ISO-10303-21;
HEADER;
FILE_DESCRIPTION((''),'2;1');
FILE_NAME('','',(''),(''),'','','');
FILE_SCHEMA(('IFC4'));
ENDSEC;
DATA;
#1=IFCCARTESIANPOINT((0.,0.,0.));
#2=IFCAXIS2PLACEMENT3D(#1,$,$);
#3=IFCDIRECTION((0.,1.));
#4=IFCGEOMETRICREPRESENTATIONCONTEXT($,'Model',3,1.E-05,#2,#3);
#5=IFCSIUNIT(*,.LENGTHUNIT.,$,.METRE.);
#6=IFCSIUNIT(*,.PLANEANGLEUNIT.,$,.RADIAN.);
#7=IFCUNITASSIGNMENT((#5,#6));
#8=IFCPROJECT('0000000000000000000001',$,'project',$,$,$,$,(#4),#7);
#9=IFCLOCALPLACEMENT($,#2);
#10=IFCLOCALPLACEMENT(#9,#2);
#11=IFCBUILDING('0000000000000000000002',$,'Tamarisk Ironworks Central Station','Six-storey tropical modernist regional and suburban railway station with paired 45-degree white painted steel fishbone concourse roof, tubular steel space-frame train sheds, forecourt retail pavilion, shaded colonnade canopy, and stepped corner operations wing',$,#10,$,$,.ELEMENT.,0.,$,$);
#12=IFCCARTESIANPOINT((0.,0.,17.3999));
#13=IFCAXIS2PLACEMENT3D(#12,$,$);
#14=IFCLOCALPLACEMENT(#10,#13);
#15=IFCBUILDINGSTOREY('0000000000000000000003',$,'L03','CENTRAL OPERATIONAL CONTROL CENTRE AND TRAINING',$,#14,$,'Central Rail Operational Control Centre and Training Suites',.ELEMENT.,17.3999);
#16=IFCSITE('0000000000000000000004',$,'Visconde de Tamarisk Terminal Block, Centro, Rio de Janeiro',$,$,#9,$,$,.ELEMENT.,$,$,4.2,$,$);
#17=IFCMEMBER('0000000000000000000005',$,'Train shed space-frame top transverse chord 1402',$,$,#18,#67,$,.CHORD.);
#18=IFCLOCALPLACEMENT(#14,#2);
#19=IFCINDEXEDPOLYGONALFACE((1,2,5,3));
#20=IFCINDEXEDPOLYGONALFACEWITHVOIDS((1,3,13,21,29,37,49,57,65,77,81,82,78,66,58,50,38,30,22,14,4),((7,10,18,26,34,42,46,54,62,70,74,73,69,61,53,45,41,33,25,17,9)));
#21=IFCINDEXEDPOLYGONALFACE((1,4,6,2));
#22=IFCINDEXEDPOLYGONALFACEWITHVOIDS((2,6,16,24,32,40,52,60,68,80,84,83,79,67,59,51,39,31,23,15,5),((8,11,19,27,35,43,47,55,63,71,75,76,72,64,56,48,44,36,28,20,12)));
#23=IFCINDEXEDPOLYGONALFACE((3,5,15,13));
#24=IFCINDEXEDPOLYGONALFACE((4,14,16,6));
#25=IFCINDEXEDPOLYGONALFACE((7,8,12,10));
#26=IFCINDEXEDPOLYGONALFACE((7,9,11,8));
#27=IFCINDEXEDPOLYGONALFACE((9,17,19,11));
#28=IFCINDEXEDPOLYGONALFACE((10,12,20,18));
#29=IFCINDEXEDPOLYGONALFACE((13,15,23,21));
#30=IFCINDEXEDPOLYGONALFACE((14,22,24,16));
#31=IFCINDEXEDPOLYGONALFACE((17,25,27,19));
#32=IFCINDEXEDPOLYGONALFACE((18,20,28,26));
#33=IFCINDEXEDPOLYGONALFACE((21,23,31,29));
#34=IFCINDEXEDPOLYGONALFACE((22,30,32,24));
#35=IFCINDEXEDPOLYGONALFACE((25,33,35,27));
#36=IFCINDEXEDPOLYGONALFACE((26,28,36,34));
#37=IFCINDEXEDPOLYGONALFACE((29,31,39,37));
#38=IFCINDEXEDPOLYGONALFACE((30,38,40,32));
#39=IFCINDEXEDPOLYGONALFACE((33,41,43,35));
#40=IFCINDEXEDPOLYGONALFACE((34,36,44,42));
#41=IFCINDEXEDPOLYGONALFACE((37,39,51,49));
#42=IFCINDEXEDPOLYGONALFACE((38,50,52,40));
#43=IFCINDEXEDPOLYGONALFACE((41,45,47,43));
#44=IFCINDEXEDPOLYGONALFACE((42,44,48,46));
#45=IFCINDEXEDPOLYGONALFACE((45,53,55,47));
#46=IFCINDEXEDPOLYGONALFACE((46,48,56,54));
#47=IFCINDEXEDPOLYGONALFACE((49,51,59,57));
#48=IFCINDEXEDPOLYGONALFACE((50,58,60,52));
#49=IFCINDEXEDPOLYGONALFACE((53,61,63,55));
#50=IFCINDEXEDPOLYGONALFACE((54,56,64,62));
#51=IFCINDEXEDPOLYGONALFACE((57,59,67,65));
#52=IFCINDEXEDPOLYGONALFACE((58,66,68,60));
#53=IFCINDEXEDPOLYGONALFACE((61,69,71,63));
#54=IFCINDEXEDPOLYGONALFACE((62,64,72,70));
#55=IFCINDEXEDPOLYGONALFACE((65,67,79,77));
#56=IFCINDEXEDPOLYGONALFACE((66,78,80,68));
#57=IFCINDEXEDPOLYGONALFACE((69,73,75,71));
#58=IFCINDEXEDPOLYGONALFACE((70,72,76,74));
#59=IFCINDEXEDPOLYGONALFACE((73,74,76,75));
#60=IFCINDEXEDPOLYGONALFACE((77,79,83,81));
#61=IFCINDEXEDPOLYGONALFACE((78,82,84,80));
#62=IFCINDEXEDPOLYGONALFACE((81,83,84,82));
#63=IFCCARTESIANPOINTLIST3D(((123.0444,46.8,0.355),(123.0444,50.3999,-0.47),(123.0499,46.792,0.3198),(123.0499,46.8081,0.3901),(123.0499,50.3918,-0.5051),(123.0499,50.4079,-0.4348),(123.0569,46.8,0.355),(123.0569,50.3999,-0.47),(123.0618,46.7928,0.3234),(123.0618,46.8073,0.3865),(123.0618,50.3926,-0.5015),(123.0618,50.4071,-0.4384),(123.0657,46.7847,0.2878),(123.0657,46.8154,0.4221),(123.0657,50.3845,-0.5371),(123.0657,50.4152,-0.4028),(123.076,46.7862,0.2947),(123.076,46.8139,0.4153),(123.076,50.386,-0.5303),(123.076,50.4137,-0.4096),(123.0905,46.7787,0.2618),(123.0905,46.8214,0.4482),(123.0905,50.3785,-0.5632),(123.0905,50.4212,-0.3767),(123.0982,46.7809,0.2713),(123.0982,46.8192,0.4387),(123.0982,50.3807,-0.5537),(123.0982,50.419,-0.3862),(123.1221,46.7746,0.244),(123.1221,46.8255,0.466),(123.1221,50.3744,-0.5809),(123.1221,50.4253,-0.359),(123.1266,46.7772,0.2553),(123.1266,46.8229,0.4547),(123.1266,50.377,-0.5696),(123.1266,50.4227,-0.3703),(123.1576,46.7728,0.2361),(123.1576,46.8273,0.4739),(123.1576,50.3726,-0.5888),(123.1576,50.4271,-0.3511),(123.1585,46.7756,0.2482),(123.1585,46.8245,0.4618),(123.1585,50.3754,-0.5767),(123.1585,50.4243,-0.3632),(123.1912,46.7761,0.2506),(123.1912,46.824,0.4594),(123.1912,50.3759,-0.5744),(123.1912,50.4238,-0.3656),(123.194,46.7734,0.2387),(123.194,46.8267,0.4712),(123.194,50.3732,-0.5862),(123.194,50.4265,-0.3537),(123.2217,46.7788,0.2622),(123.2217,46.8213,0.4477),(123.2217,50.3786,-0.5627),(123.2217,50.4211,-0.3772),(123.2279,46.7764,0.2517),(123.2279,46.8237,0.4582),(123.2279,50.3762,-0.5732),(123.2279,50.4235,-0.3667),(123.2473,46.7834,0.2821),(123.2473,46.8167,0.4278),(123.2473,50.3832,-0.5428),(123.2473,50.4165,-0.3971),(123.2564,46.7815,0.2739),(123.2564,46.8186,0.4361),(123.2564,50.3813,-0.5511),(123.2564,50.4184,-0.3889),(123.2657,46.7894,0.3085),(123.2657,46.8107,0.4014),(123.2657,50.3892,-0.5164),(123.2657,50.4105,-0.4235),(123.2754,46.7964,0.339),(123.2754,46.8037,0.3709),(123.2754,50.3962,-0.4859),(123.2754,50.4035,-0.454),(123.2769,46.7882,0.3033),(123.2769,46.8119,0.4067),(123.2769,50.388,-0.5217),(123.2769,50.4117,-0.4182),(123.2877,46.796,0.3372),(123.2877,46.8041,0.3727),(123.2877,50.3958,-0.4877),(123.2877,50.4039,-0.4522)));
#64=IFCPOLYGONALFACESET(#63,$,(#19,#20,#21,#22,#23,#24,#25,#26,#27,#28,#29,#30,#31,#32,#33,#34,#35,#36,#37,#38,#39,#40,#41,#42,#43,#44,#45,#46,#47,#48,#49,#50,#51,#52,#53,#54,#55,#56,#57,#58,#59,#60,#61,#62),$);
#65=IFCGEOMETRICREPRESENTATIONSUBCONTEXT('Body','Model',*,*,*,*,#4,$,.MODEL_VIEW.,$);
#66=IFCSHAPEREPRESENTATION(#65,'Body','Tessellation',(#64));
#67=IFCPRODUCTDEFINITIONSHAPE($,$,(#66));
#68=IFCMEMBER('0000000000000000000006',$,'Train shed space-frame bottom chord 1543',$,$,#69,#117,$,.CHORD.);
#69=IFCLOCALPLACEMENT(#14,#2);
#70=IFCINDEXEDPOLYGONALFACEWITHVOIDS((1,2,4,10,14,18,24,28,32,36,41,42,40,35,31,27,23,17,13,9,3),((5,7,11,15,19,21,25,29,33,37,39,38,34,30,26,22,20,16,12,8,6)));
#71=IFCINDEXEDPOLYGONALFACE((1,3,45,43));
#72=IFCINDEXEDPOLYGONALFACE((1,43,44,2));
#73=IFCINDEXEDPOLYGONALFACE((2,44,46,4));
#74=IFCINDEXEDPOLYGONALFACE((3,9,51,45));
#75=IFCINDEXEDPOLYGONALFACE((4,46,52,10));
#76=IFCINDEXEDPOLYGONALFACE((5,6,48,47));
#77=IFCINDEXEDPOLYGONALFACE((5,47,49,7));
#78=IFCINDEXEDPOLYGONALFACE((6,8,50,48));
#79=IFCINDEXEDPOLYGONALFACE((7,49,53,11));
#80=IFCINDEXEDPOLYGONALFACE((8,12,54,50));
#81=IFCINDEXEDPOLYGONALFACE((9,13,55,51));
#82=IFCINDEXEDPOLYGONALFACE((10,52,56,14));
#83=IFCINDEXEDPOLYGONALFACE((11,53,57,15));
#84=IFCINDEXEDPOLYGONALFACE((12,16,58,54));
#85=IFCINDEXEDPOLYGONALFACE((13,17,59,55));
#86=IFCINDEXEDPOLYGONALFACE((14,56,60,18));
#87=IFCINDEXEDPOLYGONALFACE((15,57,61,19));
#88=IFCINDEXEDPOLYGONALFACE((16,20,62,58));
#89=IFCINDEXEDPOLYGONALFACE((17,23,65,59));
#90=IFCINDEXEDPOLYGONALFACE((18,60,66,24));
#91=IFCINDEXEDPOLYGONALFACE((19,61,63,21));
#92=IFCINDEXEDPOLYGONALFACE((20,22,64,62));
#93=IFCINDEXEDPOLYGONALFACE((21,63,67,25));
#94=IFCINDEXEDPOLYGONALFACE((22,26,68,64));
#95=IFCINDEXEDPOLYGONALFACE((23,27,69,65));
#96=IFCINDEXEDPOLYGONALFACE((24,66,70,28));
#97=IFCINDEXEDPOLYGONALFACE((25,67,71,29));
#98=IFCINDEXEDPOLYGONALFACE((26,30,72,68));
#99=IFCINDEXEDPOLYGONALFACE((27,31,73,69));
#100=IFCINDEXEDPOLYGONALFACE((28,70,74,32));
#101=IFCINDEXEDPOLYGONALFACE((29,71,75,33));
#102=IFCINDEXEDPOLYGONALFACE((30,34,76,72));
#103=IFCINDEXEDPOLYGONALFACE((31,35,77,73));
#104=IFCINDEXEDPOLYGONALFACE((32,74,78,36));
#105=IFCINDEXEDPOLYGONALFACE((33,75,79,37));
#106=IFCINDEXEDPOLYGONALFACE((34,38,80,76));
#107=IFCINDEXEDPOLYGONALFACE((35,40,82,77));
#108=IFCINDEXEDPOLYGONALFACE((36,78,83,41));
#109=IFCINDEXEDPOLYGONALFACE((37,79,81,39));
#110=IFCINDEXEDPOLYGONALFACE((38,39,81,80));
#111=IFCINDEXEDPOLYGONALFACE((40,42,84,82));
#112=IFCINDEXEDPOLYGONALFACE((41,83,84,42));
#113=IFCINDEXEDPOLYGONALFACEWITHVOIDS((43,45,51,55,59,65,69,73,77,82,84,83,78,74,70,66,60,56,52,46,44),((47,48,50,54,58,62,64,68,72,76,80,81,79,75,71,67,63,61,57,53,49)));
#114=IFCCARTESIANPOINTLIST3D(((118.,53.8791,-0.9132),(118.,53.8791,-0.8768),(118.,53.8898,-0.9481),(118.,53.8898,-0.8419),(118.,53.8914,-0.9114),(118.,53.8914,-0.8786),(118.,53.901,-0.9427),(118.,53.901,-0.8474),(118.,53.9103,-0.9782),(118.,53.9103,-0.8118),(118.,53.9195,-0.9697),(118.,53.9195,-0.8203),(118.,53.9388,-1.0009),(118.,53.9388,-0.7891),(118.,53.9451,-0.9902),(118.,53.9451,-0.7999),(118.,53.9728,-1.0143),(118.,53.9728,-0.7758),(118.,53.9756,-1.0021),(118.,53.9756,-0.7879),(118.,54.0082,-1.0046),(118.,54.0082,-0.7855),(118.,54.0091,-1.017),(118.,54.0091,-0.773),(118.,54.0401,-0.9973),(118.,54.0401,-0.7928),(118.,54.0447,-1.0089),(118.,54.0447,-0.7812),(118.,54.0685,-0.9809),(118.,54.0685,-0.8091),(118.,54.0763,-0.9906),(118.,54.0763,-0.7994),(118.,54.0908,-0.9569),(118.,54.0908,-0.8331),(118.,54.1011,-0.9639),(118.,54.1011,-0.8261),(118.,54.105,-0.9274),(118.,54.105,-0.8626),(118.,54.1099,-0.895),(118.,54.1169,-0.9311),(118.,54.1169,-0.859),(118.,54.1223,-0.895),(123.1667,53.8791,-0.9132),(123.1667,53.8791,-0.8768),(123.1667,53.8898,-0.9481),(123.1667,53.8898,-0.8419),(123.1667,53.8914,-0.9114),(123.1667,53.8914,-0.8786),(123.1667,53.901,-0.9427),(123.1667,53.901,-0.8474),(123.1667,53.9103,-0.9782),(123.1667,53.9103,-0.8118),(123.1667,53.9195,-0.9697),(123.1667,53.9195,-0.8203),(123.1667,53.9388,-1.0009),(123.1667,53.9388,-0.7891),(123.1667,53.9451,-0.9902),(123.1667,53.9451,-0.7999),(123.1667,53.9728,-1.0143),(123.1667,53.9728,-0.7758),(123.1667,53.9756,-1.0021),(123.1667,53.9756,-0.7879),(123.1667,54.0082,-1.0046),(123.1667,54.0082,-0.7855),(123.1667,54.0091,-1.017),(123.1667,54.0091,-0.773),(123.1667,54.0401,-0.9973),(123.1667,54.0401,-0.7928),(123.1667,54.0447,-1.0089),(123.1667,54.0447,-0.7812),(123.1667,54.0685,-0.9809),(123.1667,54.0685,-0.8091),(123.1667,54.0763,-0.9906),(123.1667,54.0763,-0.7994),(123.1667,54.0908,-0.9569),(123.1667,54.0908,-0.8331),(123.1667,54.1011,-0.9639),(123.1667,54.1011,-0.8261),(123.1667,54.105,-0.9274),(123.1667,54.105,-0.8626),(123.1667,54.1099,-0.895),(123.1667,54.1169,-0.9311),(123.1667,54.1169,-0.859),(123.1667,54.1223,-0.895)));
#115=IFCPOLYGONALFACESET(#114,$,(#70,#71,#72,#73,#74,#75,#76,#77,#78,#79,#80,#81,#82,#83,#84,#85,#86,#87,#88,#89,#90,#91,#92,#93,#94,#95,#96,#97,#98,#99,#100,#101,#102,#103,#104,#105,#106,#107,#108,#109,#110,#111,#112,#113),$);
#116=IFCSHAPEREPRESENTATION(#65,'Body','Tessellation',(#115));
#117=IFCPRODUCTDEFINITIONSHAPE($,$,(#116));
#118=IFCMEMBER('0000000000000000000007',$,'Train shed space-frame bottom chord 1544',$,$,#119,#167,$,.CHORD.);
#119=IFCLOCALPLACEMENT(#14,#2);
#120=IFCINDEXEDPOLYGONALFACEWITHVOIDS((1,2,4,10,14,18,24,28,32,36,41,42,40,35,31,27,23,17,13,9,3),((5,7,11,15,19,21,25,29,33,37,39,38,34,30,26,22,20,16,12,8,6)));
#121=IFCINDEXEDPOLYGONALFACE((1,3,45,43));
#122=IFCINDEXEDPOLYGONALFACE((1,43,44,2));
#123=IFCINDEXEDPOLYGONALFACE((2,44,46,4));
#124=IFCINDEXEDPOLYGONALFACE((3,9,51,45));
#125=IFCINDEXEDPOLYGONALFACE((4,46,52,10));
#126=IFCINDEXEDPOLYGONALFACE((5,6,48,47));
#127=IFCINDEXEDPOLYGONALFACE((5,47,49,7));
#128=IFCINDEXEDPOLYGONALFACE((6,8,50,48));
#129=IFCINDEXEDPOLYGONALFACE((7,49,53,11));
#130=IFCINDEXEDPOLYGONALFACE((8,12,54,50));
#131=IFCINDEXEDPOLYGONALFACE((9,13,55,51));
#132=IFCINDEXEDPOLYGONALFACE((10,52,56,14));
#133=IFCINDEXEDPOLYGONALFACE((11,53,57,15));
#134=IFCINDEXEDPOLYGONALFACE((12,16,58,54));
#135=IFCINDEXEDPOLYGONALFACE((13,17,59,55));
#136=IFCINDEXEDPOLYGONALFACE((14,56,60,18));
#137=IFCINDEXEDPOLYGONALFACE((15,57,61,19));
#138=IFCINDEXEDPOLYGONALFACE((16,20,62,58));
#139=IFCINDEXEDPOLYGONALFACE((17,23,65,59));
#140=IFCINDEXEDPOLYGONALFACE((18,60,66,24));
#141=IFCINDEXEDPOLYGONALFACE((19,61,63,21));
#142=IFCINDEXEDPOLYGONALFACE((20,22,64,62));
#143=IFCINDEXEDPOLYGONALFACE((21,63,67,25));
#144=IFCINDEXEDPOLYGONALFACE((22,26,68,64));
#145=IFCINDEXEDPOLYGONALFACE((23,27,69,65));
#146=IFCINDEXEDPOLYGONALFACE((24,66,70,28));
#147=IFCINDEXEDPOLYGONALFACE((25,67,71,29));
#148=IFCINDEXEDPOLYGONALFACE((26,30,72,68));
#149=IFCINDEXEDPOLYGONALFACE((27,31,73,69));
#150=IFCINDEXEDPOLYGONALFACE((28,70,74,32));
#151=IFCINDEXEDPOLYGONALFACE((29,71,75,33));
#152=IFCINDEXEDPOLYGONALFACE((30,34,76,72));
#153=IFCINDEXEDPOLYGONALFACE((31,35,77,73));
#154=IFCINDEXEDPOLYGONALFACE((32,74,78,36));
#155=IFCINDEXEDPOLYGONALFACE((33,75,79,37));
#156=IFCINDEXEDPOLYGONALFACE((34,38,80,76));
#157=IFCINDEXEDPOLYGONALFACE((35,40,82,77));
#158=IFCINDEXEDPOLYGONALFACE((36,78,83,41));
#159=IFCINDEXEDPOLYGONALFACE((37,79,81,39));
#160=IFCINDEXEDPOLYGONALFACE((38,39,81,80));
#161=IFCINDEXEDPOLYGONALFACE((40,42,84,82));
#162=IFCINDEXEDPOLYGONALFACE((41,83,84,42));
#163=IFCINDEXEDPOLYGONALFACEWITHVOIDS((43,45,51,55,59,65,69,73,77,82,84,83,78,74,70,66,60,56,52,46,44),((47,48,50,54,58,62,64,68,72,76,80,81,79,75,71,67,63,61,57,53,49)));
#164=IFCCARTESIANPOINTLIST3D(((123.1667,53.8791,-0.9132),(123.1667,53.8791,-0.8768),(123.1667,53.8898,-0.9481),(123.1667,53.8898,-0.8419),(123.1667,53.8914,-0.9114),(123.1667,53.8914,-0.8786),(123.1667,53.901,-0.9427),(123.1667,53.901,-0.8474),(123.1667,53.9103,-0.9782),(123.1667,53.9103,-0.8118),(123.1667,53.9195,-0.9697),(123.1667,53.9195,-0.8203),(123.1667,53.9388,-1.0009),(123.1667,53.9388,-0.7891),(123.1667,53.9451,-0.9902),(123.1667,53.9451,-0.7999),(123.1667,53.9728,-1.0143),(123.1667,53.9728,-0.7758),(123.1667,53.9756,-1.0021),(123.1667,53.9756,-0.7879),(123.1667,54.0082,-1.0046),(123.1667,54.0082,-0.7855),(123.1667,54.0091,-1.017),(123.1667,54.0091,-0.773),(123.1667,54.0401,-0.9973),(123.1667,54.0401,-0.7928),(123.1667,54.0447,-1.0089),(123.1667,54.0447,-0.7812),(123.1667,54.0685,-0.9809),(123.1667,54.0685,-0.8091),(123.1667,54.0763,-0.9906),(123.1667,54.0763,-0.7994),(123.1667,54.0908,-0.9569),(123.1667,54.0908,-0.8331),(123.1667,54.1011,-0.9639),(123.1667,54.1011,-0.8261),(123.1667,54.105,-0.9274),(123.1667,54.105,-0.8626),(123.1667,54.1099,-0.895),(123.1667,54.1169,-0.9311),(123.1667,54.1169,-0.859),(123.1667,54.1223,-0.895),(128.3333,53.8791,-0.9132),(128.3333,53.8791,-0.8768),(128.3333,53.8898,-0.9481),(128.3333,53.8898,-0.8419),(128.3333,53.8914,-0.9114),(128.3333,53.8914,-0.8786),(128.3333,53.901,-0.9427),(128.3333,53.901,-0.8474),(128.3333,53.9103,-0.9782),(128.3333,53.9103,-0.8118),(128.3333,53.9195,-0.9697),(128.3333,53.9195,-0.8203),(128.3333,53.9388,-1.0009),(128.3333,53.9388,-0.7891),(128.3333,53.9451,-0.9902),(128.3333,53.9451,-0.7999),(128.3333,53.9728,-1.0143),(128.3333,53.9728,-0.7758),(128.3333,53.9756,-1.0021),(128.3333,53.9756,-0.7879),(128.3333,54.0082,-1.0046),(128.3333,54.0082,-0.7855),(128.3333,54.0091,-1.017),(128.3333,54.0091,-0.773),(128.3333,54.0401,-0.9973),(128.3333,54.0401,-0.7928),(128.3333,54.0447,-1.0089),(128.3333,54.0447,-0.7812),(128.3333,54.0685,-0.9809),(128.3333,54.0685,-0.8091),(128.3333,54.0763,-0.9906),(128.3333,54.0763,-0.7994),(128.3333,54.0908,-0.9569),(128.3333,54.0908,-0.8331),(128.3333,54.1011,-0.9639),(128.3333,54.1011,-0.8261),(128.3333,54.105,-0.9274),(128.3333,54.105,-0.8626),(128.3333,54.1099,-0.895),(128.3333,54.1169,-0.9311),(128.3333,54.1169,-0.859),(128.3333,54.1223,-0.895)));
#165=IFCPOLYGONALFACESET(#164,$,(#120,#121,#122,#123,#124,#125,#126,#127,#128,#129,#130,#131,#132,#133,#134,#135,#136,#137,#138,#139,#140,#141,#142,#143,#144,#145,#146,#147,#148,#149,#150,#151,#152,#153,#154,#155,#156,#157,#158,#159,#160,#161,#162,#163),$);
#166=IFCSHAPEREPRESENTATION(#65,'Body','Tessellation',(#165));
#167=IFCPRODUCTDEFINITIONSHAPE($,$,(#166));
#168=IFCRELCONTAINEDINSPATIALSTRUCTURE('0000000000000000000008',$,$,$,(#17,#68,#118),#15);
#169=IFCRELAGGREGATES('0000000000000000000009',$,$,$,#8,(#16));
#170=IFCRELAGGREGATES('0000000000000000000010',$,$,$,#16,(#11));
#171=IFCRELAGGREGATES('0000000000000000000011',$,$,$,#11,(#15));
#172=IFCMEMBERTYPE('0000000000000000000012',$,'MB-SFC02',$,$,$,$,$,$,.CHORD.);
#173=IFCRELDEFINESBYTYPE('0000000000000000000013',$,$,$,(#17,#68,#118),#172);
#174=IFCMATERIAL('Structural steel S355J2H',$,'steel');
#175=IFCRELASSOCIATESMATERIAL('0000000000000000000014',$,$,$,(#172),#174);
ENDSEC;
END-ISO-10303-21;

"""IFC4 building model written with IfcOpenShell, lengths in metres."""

from ifc_helpers import new_model, si_unit, direction, frame, origin, origin_2d, place, context, subcontext, project, spatial, hollow_circle, extrude, material, material_profile, profile_set, type_object, element, save


model = new_model("IFC4")

# Units and contexts
model_context = context("Model", 3, precision=1e-05, world=origin(), true_north=direction((0.0, 1.0)))
body_context = subcontext(model_context, "Body", "Model", "MODEL_VIEW")
ifc_project = project(units=[si_unit("LENGTHUNIT", "METRE"), si_unit("PLANEANGLEUNIT", "RADIAN")], contexts=[model_context])

# Site, building, storey
site_placement = place(None, origin())
site = spatial("IfcSite", under=ifc_project, at=site_placement, Name="Visconde de Tamarisk Terminal Block, Centro, Rio de Janeiro", CompositionType="ELEMENT", RefElevation=4.2)
building_placement = place(site_placement, origin())
building = spatial("IfcBuilding", under=site, at=building_placement, Name="Tamarisk Ironworks Central Station", Description="Six-storey tropical modernist regional and suburban railway station with paired 45-degree white painted steel fishbone concourse roof, tubular steel space-frame train sheds, forecourt retail pavilion, shaded colonnade canopy, and stepped corner operations wing", CompositionType="ELEMENT", ElevationOfRefHeight=0.0)
storey_placement = place(building_placement, frame((0.0, 0.0, 17.3999)))
storey = spatial("IfcBuildingStorey", under=building, at=storey_placement, Name="L03", Description="CENTRAL OPERATIONAL CONTROL CENTRE AND TRAINING", LongName="Central Rail Operational Control Centre and Training Suites", CompositionType="ELEMENT", Elevation=17.3999)

# Members
ifc_material_1 = material(Name="Structural steel S355J2H", Category="steel")
ifc_material_profile_1 = material_profile(ifc_material_1, hollow_circle(Radius=0.1223, WallThickness=0.0125, at=origin_2d()), Name="CHS 244.5x12.5")
ifc_profile_set_1 = profile_set([ifc_material_profile_1], Name="Structural steel S355J2H")
member_type_1 = type_object("IfcMemberType", Name="MB-SFC02", PredefinedType="CHORD", material=ifc_profile_set_1)
member_1_placement = place(storey_placement, frame((123.1667, 46.8, 0.355), z_axis=(0.0, 0.974733, -0.223372), x_axis=(-1.0, 0.0, 0.0)))
element("IfcMember", 1, at=member_1_placement, inside=storey, type_object=member_type_1, Name="Train shed space-frame top transverse chord 1402", PredefinedType="CHORD", context=body_context, shape_type="SweptSolid", body=[
    extrude(hollow_circle(Radius=0.1223, WallThickness=0.0125, at=origin_2d()), origin(), (0.0, 0.0, 1.0), 3.6931),
])
member_2_placement = place(storey_placement, frame((118.0, 54.0, -0.895), z_axis=(1.0, 0.0, 0.0), x_axis=(0.0, 1.0, 0.0)))
element("IfcMember", 2, at=member_2_placement, inside=storey, type_object=member_type_1, Name="Train shed space-frame bottom chord 1543", PredefinedType="CHORD", context=body_context, shape_type="SweptSolid", body=[
    extrude(hollow_circle(Radius=0.1223, WallThickness=0.0125, at=origin_2d()), origin(), (0.0, 0.0, 1.0), 5.1667),
])
member_3_placement = place(storey_placement, frame((123.1667, 54.0, -0.895), z_axis=(1.0, 0.0, 0.0), x_axis=(0.0, 1.0, 0.0)))
element("IfcMember", 3, at=member_3_placement, inside=storey, type_object=member_type_1, Name="Train shed space-frame bottom chord 1544", PredefinedType="CHORD", context=body_context, shape_type="SweptSolid", body=[
    extrude(hollow_circle(Radius=0.1223, WallThickness=0.0125, at=origin_2d()), origin(), (0.0, 0.0, 1.0), 5.1665),
])

save(model, "model.ifc")
